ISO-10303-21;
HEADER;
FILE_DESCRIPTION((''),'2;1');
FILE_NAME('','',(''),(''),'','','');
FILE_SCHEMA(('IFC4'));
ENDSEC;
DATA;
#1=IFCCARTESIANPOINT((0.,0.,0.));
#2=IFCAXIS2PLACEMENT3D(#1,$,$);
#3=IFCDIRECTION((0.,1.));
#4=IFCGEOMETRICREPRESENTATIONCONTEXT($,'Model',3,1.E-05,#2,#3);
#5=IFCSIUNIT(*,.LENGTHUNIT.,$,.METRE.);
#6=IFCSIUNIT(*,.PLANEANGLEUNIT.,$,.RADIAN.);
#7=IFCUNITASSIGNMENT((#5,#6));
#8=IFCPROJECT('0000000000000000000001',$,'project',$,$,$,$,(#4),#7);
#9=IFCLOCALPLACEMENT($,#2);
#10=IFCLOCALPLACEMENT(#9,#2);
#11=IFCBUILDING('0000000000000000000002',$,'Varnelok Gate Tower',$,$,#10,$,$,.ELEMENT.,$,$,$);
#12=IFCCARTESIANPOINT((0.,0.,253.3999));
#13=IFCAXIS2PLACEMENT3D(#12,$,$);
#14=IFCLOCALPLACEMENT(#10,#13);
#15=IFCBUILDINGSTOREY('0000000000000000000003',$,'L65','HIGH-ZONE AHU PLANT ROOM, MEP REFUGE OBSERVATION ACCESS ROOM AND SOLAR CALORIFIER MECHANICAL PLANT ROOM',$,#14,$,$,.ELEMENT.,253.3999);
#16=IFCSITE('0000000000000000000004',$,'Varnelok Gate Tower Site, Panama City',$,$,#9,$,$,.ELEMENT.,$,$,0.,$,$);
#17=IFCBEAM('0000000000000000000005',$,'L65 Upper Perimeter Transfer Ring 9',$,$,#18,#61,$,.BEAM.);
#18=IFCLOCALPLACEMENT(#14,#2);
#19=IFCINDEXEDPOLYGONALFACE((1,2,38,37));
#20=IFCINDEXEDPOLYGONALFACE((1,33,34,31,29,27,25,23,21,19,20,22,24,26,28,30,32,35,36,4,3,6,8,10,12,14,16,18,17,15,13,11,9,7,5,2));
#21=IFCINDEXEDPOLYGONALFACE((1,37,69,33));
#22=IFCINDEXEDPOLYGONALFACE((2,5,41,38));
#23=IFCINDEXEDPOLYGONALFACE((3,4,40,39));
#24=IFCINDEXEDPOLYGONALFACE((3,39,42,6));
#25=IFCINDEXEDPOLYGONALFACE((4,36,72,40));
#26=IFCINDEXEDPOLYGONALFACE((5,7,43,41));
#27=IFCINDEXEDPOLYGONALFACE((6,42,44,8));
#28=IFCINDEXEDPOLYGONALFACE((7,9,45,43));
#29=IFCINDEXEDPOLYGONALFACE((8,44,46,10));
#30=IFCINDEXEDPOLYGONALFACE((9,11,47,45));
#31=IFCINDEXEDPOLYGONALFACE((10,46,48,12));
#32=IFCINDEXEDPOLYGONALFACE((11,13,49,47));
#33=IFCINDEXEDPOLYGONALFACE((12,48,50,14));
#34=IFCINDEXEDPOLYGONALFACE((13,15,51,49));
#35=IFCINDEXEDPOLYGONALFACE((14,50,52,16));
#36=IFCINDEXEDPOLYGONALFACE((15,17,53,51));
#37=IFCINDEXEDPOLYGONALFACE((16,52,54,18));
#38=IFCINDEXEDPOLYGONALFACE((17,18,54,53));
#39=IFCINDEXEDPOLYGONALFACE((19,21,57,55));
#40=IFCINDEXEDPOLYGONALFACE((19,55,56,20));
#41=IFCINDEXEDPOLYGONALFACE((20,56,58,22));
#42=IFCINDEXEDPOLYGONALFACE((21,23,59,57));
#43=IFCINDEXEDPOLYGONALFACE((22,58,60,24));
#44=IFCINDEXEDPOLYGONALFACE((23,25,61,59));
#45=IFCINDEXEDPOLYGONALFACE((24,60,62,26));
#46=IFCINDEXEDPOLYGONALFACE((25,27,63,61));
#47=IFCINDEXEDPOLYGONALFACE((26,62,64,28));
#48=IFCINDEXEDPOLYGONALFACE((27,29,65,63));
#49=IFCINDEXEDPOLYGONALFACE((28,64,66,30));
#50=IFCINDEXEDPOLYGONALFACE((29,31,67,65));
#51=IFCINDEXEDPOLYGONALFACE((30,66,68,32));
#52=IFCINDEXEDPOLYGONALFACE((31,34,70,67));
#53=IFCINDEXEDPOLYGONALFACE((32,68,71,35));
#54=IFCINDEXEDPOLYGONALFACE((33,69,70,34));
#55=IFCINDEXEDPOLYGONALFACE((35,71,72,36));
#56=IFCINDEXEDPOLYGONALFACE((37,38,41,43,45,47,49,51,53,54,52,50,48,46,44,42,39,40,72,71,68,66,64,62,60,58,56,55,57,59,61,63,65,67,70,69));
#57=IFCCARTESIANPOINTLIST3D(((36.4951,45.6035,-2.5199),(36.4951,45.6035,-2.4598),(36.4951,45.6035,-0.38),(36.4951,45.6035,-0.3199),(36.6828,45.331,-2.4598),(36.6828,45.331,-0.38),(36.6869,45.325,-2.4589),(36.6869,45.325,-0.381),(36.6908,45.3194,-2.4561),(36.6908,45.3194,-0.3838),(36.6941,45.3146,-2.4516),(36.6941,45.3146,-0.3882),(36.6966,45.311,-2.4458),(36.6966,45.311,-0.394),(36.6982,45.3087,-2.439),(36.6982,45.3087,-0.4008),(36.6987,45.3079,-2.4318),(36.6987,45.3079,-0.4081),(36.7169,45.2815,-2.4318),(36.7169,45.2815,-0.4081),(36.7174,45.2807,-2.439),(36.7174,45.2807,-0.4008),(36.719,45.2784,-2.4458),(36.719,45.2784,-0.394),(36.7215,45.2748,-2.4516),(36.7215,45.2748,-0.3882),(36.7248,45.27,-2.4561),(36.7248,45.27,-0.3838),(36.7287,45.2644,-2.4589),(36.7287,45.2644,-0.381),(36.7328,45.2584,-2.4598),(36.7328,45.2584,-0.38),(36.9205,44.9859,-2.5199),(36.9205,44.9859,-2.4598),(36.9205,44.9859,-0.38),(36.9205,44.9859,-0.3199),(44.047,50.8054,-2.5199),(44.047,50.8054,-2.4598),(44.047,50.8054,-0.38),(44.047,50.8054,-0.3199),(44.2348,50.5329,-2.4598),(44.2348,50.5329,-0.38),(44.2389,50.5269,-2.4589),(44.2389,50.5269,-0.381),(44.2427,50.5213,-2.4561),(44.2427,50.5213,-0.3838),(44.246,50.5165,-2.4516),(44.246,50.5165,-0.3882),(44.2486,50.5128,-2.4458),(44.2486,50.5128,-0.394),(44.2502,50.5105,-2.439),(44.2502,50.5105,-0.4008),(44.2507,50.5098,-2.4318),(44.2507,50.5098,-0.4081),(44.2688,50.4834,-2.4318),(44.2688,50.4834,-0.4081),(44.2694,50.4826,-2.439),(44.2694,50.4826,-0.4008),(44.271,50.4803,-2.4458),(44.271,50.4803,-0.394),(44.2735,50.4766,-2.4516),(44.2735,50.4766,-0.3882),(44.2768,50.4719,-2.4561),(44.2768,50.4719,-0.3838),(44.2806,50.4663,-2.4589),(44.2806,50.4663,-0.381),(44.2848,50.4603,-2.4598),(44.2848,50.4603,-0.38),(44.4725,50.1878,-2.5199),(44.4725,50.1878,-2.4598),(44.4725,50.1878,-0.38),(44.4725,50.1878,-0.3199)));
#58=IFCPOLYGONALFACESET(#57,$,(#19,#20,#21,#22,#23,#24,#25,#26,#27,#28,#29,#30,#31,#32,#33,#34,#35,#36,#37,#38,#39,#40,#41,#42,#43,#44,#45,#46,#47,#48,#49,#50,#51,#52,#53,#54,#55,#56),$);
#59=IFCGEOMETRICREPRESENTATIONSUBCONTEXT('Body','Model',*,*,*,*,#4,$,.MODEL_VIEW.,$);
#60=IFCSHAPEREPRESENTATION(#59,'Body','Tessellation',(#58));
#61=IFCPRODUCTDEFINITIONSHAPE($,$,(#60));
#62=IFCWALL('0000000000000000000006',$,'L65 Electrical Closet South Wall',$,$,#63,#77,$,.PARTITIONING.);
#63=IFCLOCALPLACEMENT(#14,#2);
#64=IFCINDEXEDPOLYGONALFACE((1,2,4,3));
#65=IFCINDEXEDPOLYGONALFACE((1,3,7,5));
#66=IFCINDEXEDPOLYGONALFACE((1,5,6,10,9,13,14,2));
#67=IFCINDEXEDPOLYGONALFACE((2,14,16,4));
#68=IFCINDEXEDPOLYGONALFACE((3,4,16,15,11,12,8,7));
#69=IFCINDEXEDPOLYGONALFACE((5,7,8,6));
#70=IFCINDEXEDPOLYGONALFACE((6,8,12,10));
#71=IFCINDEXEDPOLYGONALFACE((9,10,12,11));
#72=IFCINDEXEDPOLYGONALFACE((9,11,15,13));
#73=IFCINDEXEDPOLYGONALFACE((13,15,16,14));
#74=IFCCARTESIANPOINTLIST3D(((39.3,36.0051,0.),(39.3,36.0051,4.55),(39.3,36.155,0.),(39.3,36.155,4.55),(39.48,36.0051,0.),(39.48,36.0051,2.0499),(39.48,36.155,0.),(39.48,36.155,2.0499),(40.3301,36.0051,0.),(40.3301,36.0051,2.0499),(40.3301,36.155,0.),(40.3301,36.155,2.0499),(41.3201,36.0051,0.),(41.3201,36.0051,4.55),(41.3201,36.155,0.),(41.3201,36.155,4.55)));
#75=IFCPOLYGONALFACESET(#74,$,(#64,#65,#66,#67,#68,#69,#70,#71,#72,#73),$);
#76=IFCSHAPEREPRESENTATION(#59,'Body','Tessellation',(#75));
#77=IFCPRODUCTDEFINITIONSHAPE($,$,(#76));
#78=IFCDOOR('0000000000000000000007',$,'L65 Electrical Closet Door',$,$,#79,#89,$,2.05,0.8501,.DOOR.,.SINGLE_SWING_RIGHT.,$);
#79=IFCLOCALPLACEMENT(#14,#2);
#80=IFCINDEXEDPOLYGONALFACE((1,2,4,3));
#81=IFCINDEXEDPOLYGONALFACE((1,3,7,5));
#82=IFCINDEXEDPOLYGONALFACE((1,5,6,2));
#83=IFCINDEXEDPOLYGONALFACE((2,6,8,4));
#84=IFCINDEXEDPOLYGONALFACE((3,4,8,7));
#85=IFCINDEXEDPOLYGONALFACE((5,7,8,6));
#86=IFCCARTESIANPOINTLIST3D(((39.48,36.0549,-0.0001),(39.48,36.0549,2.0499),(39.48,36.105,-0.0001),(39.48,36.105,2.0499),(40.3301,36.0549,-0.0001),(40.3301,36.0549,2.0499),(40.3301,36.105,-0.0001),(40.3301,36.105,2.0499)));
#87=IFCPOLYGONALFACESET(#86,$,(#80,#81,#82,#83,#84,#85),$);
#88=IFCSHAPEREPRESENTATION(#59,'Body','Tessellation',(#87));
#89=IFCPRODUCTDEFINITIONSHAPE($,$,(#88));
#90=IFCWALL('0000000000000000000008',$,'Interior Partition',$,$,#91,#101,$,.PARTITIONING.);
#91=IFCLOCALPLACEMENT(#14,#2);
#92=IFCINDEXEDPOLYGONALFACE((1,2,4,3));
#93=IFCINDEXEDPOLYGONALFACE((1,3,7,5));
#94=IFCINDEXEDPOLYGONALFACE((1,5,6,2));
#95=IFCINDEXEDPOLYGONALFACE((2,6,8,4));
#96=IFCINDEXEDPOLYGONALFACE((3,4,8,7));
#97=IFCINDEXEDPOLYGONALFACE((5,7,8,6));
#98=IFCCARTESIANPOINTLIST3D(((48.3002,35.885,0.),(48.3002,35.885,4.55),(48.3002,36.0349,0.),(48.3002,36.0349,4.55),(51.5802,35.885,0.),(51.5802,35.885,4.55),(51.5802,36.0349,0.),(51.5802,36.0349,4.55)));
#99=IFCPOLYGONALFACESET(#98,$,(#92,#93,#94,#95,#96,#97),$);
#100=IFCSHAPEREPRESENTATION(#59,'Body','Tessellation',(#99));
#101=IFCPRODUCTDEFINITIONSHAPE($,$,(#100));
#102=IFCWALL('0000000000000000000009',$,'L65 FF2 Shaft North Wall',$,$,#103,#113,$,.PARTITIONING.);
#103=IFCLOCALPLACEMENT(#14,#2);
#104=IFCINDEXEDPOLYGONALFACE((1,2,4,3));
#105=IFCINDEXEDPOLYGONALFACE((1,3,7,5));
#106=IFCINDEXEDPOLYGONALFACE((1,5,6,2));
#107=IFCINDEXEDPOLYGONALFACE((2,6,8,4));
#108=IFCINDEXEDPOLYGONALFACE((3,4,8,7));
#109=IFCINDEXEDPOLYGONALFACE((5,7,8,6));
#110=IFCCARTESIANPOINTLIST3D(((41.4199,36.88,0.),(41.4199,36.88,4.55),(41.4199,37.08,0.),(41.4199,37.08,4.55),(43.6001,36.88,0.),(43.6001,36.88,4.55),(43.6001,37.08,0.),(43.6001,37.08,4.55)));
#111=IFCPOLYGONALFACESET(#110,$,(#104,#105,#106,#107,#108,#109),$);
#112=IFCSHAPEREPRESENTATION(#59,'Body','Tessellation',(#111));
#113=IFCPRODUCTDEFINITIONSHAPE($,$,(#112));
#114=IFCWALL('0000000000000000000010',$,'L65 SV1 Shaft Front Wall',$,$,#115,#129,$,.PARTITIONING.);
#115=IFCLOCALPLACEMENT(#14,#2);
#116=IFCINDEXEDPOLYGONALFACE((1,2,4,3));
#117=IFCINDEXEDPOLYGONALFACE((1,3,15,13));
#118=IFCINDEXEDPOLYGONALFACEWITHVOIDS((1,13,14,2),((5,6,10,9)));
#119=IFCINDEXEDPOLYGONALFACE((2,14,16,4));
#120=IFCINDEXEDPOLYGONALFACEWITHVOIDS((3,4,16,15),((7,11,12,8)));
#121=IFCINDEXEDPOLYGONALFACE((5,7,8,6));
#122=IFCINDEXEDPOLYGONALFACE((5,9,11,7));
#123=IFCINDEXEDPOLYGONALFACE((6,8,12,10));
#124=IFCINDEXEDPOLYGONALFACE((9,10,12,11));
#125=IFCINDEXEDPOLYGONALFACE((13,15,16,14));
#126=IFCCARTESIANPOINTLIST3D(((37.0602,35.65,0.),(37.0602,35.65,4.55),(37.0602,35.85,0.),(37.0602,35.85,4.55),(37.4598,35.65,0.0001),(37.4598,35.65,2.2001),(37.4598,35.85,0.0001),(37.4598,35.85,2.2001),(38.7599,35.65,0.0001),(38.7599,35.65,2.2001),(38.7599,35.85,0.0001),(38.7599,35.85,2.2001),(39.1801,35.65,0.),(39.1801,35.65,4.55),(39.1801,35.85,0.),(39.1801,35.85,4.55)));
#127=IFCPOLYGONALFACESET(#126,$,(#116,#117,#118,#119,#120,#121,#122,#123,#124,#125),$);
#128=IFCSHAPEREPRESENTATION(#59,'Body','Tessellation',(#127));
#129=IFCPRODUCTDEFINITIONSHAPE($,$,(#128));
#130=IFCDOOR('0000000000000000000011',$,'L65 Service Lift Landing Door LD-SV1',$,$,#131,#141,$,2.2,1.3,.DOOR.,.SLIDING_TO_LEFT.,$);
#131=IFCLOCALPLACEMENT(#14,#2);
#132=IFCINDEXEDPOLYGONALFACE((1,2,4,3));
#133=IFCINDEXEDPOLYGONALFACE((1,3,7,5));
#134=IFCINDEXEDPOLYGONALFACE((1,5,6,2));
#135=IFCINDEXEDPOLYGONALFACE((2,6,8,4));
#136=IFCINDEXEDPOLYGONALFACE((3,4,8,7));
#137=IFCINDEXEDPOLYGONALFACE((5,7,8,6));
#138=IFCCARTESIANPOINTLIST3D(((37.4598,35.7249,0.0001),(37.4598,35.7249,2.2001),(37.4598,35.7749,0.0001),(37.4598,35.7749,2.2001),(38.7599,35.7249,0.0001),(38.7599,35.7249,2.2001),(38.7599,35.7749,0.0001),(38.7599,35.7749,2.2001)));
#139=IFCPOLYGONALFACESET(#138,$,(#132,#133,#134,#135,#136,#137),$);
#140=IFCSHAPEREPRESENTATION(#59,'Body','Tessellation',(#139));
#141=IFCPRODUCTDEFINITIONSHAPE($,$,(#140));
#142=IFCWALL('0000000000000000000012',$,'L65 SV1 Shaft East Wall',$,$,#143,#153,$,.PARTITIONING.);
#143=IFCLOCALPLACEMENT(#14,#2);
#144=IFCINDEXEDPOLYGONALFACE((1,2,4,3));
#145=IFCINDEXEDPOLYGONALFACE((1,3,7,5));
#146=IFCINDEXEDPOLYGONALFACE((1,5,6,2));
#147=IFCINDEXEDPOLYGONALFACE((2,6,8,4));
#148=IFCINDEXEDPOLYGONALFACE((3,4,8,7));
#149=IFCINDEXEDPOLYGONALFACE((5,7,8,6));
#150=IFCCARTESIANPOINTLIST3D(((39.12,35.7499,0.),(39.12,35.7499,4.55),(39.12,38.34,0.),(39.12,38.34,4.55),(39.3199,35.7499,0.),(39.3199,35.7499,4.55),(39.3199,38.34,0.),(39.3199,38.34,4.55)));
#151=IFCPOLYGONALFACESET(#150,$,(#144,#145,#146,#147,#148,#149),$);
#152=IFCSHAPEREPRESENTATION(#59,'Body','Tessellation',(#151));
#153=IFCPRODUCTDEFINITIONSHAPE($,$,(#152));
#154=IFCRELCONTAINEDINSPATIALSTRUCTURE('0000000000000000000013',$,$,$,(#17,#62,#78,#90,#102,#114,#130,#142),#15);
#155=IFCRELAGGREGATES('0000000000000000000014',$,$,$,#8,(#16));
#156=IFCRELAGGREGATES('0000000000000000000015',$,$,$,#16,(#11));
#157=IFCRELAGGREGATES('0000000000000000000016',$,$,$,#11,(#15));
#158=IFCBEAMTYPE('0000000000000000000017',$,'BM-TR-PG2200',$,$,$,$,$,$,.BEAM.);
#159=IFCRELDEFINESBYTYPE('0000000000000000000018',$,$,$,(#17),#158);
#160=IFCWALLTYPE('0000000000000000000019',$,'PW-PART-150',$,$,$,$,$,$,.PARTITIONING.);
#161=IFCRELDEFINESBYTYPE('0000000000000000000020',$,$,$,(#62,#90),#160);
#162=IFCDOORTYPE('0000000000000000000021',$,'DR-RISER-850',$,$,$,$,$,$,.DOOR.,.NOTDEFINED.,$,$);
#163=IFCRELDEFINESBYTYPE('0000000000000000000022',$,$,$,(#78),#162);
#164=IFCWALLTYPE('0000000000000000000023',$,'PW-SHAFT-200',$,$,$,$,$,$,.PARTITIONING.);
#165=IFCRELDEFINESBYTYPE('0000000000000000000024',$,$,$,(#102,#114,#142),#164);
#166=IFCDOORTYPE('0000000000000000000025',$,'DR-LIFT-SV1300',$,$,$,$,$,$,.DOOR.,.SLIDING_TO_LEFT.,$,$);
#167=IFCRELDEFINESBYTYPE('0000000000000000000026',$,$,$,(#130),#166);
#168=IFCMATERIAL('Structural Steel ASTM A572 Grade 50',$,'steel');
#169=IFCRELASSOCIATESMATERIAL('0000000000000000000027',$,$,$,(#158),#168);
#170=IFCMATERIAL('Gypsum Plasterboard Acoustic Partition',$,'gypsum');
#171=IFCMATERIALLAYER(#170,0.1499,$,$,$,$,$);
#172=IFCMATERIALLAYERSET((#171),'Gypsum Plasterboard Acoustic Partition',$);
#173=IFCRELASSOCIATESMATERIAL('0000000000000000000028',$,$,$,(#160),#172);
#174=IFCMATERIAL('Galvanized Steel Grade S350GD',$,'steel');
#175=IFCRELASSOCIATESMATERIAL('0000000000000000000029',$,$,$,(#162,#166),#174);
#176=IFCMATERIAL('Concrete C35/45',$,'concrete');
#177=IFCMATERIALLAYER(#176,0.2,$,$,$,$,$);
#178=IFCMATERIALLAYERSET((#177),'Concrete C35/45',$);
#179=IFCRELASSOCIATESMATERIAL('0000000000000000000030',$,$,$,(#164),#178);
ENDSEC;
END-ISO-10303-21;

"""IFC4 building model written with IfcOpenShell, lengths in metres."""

from ifc_helpers import new_model, si_unit, direction, frame, frame_2d, origin, origin_2d, place, context, subcontext, project, spatial, rectangle, i_section, extrude, material, layer, layer_set, material_profile, profile_set, type_object, element, fill, save


model = new_model("IFC4")

# Units and contexts
model_context = context("Model", 3, precision=1e-05, world=origin(), true_north=direction((0.0, 1.0)))
body_context = subcontext(model_context, "Body", "Model", "MODEL_VIEW")
ifc_project = project(units=[si_unit("LENGTHUNIT", "METRE"), si_unit("PLANEANGLEUNIT", "RADIAN")], contexts=[model_context])

# Site, building, storey
site_placement = place(None, origin())
site = spatial("IfcSite", under=ifc_project, at=site_placement, Name="Varnelok Gate Tower Site, Panama City", CompositionType="ELEMENT", RefElevation=0.0)
building_placement = place(site_placement, origin())
building = spatial("IfcBuilding", under=site, at=building_placement, Name="Varnelok Gate Tower", CompositionType="ELEMENT")
storey_placement = place(building_placement, frame((0.0, 0.0, 253.3999)))
storey = spatial("IfcBuildingStorey", under=building, at=storey_placement, Name="L65", Description="HIGH-ZONE AHU PLANT ROOM, MEP REFUGE OBSERVATION ACCESS ROOM AND SOLAR CALORIFIER MECHANICAL PLANT ROOM", CompositionType="ELEMENT", Elevation=253.3999)

# Beam
ifc_material_1 = material(Name="Structural Steel ASTM A572 Grade 50", Category="steel")
ifc_material_profile_1 = material_profile(ifc_material_1, i_section(OverallWidth=0.75, OverallDepth=2.2, WebThickness=0.032, FlangeThickness=0.0601, FilletRadius=0.0281, at=origin_2d()), Name="PG2200X750")
ifc_profile_set_1 = profile_set([ifc_material_profile_1], Name="Structural Steel ASTM A572 Grade 50")
beam_type = type_object("IfcBeamType", Name="BM-TR-PG2200", PredefinedType="BEAM", material=ifc_profile_set_1)
beam_1_placement = place(storey_placement, frame((44.2598, 50.4966, -1.4199), z_axis=(-0.823537, -0.567262, 0.0), x_axis=(0.567262, -0.823537, 0.0)))
element("IfcBeam", 1, at=beam_1_placement, inside=storey, type_object=beam_type, Name="L65 Upper Perimeter Transfer Ring 9", PredefinedType="BEAM", context=body_context, shape_type="SweptSolid", body=[
    extrude(i_section(OverallWidth=0.75, OverallDepth=2.2, WebThickness=0.032, FlangeThickness=0.0601, FilletRadius=0.0281, at=origin_2d()), origin(), (0.0, 0.0, 1.0), 9.1702),
])

# Wall, opening, door
ifc_material_2 = material(Name="Gypsum Plasterboard Acoustic Partition", Category="gypsum")
ifc_layer_1 = layer(ifc_material_2, 0.1499)
ifc_layer_set_1 = layer_set([ifc_layer_1], Name="Gypsum Plasterboard Acoustic Partition")
wall_type_1 = type_object("IfcWallType", Name="PW-PART-150", PredefinedType="PARTITIONING", material=ifc_layer_set_1)
wall_1_placement = place(storey_placement, frame((39.3, 36.0801, 0.0), z_axis=(0.0, 0.0, 1.0), x_axis=(1.0, 0.0, 0.0)))
wall_1 = element("IfcWall", 2, at=wall_1_placement, inside=storey, type_object=wall_type_1, Name="L65 Electrical Closet South Wall", PredefinedType="PARTITIONING", context=body_context, shape_type="SweptSolid", body=[
    extrude(rectangle(XDim=2.02, YDim=0.1499, at=frame_2d((1.01, 0.0))), origin(), (0.0, 0.0, 1.0), 4.55),
])
opening_1_placement = place(wall_1_placement, frame((0.1799, 0.0, 0.0)))
opening_1 = element("IfcOpeningElement", 3, at=opening_1_placement, cuts=wall_1, PredefinedType="OPENING", context=body_context, shape_type="SweptSolid", body=[
    extrude(rectangle(XDim=0.8501, YDim=2.05, at=frame_2d((0.425, 1.0249))), frame((0.0, 0.085, 0.0), z_axis=(0.0, -1.0, 0.0), x_axis=(1.0, 0.0, 0.0)), (0.0, 0.0, 1.0), 0.1699),
])
ifc_material_3 = material(Name="Galvanized Steel Grade S350GD", Category="steel")
door_type_1 = type_object("IfcDoorType", Name="DR-RISER-850", OperationType="NOTDEFINED", PredefinedType="DOOR", material=ifc_material_3)
door_1_placement = place(opening_1_placement, origin())
door_1 = element("IfcDoor", 4, at=door_1_placement, inside=storey, type_object=door_type_1, Name="L65 Electrical Closet Door", OperationType="SINGLE_SWING_RIGHT", OverallHeight=2.05, OverallWidth=0.8501, PredefinedType="DOOR", context=body_context, shape_type="SweptSolid", body=[
    extrude(rectangle(XDim=0.8501, YDim=2.05, at=frame_2d((0.425, 1.0249))), frame((0.0, 0.0249, 0.0), z_axis=(0.0, -1.0, 0.0), x_axis=(1.0, 0.0, 0.0)), (0.0, 0.0, 1.0), 0.05),
])
fill(opening_1, door_1)

# Walls
wall_2_placement = place(storey_placement, frame((48.3, 35.96, 0.0), z_axis=(0.0, 0.0, 1.0), x_axis=(1.0, 0.0, 0.0)))
element("IfcWall", 5, at=wall_2_placement, inside=storey, type_object=wall_type_1, Name="Interior Partition", PredefinedType="PARTITIONING", context=body_context, shape_type="SweptSolid", body=[
    extrude(rectangle(XDim=3.28, YDim=0.1499, at=frame_2d((1.6401, 0.0))), origin(), (0.0, 0.0, 1.0), 4.55),
])
ifc_material_4 = material(Name="Concrete C35/45", Category="concrete")
ifc_layer_2 = layer(ifc_material_4, 0.2)
ifc_layer_set_2 = layer_set([ifc_layer_2], Name="Concrete C35/45")
wall_type_2 = type_object("IfcWallType", Name="PW-SHAFT-200", PredefinedType="PARTITIONING", material=ifc_layer_set_2)
wall_3_placement = place(storey_placement, frame((41.4199, 36.98, 0.0), z_axis=(0.0, 0.0, 1.0), x_axis=(1.0, 0.0, 0.0)))
element("IfcWall", 6, at=wall_3_placement, inside=storey, type_object=wall_type_2, Name="L65 FF2 Shaft North Wall", PredefinedType="PARTITIONING", context=body_context, shape_type="SweptSolid", body=[
    extrude(rectangle(XDim=2.1802, YDim=0.2, at=frame_2d((1.0901, 0.0))), origin(), (0.0, 0.0, 1.0), 4.55),
])

# Wall, opening, door
wall_4_placement = place(storey_placement, frame((37.0601, 35.75, 0.0), z_axis=(0.0, 0.0, 1.0), x_axis=(1.0, 0.0, 0.0)))
wall_4 = element("IfcWall", 7, at=wall_4_placement, inside=storey, type_object=wall_type_2, Name="L65 SV1 Shaft Front Wall", PredefinedType="PARTITIONING", context=body_context, shape_type="SweptSolid", body=[
    extrude(rectangle(XDim=2.1199, YDim=0.2, at=frame_2d((1.0601, 0.0))), origin(), (0.0, 0.0, 1.0), 4.55),
])
opening_2_placement = place(wall_4_placement, frame((0.3999, 0.0, 0.0)))
opening_2 = element("IfcOpeningElement", 8, at=opening_2_placement, cuts=wall_4, PredefinedType="OPENING", context=body_context, shape_type="SweptSolid", body=[
    extrude(rectangle(XDim=1.3, YDim=2.2, at=frame_2d((0.6499, 1.1001))), frame((0.0, 0.1099, 0.0), z_axis=(0.0, -1.0, 0.0), x_axis=(1.0, 0.0, 0.0)), (0.0, 0.0, 1.0), 0.22),
])
door_type_2 = type_object("IfcDoorType", Name="DR-LIFT-SV1300", OperationType="SLIDING_TO_LEFT", PredefinedType="DOOR", material=ifc_material_3)
door_2_placement = place(opening_2_placement, origin())
door_2 = element("IfcDoor", 9, at=door_2_placement, inside=storey, type_object=door_type_2, Name="L65 Service Lift Landing Door LD-SV1", OperationType="SLIDING_TO_LEFT", OverallHeight=2.2, OverallWidth=1.3, PredefinedType="DOOR", context=body_context, shape_type="SweptSolid", body=[
    extrude(rectangle(XDim=1.3, YDim=2.2, at=frame_2d((0.6499, 1.1001))), frame((0.0, 0.0249, 0.0), z_axis=(0.0, -1.0, 0.0), x_axis=(1.0, 0.0, 0.0)), (0.0, 0.0, 1.0), 0.05),
])
fill(opening_2, door_2)

# Wall
wall_5_placement = place(storey_placement, frame((39.22, 35.75, 0.0), z_axis=(0.0, 0.0, 1.0), x_axis=(0.0, 1.0, 0.0)))
element("IfcWall", 10, at=wall_5_placement, inside=storey, type_object=wall_type_2, Name="L65 SV1 Shaft East Wall", PredefinedType="PARTITIONING", context=body_context, shape_type="SweptSolid", body=[
    extrude(rectangle(XDim=2.5901, YDim=0.2, at=frame_2d((1.2949, 0.0))), origin(), (0.0, 0.0, 1.0), 4.55),
])

save(model, "model.ifc")
